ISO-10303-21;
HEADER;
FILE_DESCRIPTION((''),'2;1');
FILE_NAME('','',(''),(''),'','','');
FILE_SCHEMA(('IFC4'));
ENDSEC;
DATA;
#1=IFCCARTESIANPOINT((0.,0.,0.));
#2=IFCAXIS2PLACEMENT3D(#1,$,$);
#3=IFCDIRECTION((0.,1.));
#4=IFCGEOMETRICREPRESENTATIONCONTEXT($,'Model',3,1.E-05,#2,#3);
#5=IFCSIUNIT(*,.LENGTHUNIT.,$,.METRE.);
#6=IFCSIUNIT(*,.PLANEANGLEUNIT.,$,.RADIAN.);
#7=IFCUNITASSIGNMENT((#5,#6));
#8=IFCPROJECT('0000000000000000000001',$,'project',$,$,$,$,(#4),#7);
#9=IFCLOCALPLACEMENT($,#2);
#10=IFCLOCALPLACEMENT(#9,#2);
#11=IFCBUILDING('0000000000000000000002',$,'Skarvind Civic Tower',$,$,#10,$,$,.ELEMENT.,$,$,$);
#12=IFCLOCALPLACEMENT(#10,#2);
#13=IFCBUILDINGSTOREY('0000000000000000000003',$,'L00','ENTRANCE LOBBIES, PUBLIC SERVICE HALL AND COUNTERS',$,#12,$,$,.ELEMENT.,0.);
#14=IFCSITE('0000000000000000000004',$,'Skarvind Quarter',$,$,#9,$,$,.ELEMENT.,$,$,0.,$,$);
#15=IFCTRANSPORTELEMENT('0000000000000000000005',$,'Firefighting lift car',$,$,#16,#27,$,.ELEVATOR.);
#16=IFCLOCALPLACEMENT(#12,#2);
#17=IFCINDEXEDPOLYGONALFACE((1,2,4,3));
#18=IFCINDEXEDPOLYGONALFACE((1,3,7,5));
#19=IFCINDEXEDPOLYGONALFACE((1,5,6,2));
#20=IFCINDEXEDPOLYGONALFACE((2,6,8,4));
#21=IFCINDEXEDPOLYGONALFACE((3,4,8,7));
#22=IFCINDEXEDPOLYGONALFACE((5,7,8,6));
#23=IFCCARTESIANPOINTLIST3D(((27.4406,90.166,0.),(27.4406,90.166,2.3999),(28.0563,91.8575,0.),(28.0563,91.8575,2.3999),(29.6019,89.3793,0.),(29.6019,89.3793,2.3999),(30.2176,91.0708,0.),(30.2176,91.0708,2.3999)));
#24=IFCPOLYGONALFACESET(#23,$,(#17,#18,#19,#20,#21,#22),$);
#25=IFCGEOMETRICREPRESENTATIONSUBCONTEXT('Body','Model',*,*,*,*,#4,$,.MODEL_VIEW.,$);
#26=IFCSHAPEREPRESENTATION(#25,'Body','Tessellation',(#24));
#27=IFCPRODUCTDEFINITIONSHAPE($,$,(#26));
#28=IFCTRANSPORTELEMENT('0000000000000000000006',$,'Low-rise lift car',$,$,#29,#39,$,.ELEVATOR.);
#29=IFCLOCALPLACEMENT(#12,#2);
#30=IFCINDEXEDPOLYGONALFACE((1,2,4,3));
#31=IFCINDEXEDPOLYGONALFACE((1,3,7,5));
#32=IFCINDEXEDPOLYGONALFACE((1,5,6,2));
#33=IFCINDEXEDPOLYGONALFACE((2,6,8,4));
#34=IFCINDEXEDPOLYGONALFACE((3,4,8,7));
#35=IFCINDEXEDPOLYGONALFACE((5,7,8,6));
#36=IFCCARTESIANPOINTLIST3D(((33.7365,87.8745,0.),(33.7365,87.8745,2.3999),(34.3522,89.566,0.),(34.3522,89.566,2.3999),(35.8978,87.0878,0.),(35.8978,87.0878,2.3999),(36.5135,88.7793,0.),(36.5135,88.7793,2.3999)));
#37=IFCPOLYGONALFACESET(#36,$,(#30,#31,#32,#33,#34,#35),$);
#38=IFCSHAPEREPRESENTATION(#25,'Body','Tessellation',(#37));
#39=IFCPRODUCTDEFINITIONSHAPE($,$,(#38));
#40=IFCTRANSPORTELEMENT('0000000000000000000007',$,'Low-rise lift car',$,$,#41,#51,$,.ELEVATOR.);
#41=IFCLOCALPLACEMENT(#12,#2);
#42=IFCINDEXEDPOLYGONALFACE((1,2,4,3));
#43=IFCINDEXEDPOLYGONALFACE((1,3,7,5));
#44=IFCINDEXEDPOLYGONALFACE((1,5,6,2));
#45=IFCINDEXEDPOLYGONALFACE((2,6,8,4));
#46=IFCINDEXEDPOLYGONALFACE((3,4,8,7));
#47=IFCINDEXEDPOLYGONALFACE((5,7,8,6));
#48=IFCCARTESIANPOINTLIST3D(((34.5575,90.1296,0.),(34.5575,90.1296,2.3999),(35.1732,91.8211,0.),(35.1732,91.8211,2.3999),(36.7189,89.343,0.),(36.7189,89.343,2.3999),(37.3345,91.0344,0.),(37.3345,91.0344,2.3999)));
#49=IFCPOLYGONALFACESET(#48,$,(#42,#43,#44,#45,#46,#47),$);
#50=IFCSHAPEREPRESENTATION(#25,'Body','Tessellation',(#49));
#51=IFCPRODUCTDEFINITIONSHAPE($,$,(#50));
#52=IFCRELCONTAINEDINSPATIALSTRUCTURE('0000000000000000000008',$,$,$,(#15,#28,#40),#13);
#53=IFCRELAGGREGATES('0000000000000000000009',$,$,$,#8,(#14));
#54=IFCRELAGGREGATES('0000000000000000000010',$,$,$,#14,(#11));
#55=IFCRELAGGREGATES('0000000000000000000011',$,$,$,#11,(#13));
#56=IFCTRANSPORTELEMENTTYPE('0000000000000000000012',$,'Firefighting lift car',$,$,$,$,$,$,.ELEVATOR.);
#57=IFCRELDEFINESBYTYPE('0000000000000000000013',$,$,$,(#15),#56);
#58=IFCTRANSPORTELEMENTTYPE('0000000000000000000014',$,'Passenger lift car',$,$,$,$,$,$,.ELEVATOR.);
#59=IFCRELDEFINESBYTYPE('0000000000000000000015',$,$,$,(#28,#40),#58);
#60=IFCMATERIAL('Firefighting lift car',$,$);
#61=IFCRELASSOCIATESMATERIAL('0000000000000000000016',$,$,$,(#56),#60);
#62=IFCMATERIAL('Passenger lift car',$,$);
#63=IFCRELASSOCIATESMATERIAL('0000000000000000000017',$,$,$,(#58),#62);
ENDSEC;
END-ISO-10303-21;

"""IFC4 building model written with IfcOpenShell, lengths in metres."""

from ifc_helpers import new_model, si_unit, direction, frame, origin, origin_2d, place, context, subcontext, project, spatial, rectangle, extrude, material, type_object, element, save


model = new_model("IFC4")

# Units and contexts
model_context = context("Model", 3, precision=1e-05, world=origin(), true_north=direction((0.0, 1.0)))
body_context = subcontext(model_context, "Body", "Model", "MODEL_VIEW")
ifc_project = project(units=[si_unit("LENGTHUNIT", "METRE"), si_unit("PLANEANGLEUNIT", "RADIAN")], contexts=[model_context])

# Site, building, storey
site_placement = place(None, origin())
site = spatial("IfcSite", under=ifc_project, at=site_placement, Name="Skarvind Quarter", CompositionType="ELEMENT", RefElevation=0.0)
building_placement = place(site_placement, origin())
building = spatial("IfcBuilding", under=site, at=building_placement, Name="Skarvind Civic Tower", CompositionType="ELEMENT")
storey_placement = place(building_placement, origin())
storey = spatial("IfcBuildingStorey", under=building, at=storey_placement, Name="L00", Description="ENTRANCE LOBBIES, PUBLIC SERVICE HALL AND COUNTERS", CompositionType="ELEMENT", Elevation=0.0)

# Transport elements
ifc_material_1 = material(Name="Firefighting lift car")
transport_element_type_1 = type_object("IfcTransportElementType", Name="Firefighting lift car", PredefinedType="ELEVATOR", material=ifc_material_1)
transport_element_placement = place(storey_placement, frame((28.8291, 90.6184, 0.0), z_axis=(0.0, 0.0, 1.0), x_axis=(0.34202, 0.939693, 0.0)))
element("IfcTransportElement", 1, at=transport_element_placement, inside=storey, type_object=transport_element_type_1, Name="Firefighting lift car", PredefinedType="ELEVATOR", context=body_context, shape_type="SweptSolid", body=[
    extrude(rectangle(XDim=1.8, YDim=2.3, at=origin_2d()), origin(), (0.0, 0.0, 1.0), 2.3999),
])
ifc_material_2 = material(Name="Passenger lift car")
transport_element_type_2 = type_object("IfcTransportElementType", Name="Passenger lift car", PredefinedType="ELEVATOR", material=ifc_material_2)
for number, where, z_axis, x_axis, name in (
    (2, (35.125, 88.3269, 0.0), (0.0, 0.0, 1.0), (0.34202, 0.939693, 0.0), "Low-rise lift car"),
    (3, (35.946, 90.582, 0.0), (0.0, 0.0, 1.0), (0.34202, 0.939693, 0.0), "Low-rise lift car"),
):
    element("IfcTransportElement", number, at=place(storey_placement, frame(where, z_axis=z_axis, x_axis=x_axis)), inside=storey, type_object=transport_element_type_2, Name=name, PredefinedType="ELEVATOR", context=body_context, shape_type="SweptSolid", body=[
        extrude(rectangle(XDim=1.8, YDim=2.3, at=origin_2d()), origin(), (0.0, 0.0, 1.0), 2.3999),
    ])

save(model, "model.ifc")
